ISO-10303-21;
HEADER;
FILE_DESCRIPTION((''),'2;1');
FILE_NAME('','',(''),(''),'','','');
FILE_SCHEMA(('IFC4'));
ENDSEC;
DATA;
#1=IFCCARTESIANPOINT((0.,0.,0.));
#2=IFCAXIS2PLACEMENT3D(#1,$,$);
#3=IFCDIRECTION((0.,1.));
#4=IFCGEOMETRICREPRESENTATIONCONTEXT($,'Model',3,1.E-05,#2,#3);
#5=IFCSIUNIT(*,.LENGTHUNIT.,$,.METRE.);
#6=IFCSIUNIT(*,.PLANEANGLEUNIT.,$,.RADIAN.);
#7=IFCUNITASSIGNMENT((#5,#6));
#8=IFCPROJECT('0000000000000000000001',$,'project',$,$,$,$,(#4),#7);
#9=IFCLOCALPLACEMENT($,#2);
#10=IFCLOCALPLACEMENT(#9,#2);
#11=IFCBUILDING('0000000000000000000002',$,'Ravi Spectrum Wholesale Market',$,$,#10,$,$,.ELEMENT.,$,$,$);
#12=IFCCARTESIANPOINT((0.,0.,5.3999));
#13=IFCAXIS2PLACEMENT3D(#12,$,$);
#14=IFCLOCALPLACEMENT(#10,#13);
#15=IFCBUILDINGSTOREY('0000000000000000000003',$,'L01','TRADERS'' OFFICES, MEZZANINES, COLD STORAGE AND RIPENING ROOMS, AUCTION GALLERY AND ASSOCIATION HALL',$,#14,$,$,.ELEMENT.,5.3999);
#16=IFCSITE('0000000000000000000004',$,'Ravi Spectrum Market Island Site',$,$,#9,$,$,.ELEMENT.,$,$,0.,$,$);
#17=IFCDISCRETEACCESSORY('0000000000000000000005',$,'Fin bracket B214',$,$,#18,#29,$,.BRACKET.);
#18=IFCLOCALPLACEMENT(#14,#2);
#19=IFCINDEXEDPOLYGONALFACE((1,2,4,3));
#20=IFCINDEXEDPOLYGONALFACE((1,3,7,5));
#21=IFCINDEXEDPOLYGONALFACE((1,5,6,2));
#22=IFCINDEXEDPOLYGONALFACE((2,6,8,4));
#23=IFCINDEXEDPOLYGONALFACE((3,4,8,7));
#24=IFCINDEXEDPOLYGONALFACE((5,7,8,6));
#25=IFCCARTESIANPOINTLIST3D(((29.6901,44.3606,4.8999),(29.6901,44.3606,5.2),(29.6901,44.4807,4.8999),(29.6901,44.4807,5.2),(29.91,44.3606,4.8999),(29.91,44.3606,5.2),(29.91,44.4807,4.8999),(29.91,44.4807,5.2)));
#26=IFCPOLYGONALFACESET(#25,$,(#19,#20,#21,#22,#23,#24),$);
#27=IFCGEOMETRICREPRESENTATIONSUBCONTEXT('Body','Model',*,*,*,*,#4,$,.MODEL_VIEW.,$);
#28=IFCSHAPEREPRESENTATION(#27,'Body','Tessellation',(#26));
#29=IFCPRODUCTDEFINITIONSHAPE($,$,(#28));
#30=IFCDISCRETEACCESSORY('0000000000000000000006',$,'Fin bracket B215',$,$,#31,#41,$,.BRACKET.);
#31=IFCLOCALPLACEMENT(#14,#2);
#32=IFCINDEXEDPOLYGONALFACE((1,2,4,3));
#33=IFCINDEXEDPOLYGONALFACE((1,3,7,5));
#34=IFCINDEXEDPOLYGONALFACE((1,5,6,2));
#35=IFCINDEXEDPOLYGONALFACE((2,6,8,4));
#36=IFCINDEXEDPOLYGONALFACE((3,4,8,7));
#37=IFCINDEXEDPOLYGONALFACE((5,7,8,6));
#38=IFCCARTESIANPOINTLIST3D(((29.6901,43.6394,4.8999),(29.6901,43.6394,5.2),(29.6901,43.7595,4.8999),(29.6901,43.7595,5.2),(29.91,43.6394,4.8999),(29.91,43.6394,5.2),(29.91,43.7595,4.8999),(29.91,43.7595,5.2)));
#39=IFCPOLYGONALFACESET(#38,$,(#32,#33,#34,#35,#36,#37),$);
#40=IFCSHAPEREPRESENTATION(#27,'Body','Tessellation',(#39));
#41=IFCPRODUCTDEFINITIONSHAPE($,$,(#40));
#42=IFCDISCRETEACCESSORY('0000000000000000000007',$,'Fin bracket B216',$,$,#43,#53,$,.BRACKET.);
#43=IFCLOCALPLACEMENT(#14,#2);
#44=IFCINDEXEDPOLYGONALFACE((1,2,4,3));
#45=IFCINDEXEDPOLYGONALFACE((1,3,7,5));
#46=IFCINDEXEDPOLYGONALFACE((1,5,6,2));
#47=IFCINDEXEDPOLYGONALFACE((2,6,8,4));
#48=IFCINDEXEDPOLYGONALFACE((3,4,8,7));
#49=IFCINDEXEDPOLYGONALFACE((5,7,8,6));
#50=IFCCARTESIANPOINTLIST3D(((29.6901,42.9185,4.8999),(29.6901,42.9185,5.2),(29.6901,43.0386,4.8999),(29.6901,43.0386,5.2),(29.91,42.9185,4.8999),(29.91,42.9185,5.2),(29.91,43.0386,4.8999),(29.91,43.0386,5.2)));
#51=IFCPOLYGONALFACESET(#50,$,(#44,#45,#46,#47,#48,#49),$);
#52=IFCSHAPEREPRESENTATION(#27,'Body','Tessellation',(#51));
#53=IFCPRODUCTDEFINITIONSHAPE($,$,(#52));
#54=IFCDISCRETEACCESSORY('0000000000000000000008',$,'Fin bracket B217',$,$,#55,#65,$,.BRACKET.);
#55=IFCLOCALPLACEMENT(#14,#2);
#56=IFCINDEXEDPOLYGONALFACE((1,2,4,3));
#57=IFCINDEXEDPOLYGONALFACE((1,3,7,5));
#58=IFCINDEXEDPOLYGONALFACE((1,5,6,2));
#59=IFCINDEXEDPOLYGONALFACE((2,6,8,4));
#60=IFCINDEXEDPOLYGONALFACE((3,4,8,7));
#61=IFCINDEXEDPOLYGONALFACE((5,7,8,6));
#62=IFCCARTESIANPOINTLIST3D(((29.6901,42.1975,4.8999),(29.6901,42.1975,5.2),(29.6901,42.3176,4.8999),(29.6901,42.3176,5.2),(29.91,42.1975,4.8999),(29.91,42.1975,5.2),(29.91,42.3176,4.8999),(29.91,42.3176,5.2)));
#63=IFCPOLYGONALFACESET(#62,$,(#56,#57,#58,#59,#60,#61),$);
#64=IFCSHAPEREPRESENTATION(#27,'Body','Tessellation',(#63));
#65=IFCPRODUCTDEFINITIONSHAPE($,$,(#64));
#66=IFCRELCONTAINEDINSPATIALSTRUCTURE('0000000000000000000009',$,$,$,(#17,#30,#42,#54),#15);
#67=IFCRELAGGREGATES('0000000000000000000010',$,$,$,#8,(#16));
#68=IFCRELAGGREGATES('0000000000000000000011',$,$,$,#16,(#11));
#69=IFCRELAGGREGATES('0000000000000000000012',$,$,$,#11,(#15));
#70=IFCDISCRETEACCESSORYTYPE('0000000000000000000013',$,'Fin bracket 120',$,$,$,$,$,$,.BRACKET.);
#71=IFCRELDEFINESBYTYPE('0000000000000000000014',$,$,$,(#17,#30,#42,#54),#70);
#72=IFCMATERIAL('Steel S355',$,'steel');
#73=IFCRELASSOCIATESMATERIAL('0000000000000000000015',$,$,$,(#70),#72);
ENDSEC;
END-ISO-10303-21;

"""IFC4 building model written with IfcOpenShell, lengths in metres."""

from ifc_helpers import new_model, si_unit, direction, frame, origin, origin_2d, place, context, subcontext, project, spatial, rectangle, extrude, material, type_object, element, save


model = new_model("IFC4")

# Units and contexts
model_context = context("Model", 3, precision=1e-05, world=origin(), true_north=direction((0.0, 1.0)))
body_context = subcontext(model_context, "Body", "Model", "MODEL_VIEW")
ifc_project = project(units=[si_unit("LENGTHUNIT", "METRE"), si_unit("PLANEANGLEUNIT", "RADIAN")], contexts=[model_context])

# Site, building, storey
site_placement = place(None, origin())
site = spatial("IfcSite", under=ifc_project, at=site_placement, Name="Ravi Spectrum Market Island Site", CompositionType="ELEMENT", RefElevation=0.0)
building_placement = place(site_placement, origin())
building = spatial("IfcBuilding", under=site, at=building_placement, Name="Ravi Spectrum Wholesale Market", CompositionType="ELEMENT")
storey_placement = place(building_placement, frame((0.0, 0.0, 5.3999)))
storey = spatial("IfcBuildingStorey", under=building, at=storey_placement, Name="L01", Description="TRADERS' OFFICES, MEZZANINES, COLD STORAGE AND RIPENING ROOMS, AUCTION GALLERY AND ASSOCIATION HALL", CompositionType="ELEMENT", Elevation=5.3999)

# Discrete accessories
ifc_material_1 = material(Name="Steel S355", Category="steel")
discrete_accessory_type = type_object("IfcDiscreteAccessoryType", Name="Fin bracket 120", PredefinedType="BRACKET", material=ifc_material_1)
for number, where, z_axis, x_axis, name in (
    (1, (29.8, 44.4207, 4.8999), (0.0, 0.0, 1.0), (0.0, -1.0, 0.0), "Fin bracket B214"),
    (2, (29.8, 43.6995, 4.8999), (0.0, 0.0, 1.0), (0.0, -1.0, 0.0), "Fin bracket B215"),
    (3, (29.8, 42.9785, 4.8999), (0.0, 0.0, 1.0), (0.0, -1.0, 0.0), "Fin bracket B216"),
    (4, (29.8, 42.2576, 4.8999), (0.0, 0.0, 1.0), (0.0, -1.0, 0.0), "Fin bracket B217"),
):
    element("IfcDiscreteAccessory", number, at=place(storey_placement, frame(where, z_axis=z_axis, x_axis=x_axis)), inside=storey, type_object=discrete_accessory_type, Name=name, PredefinedType="BRACKET", context=body_context, shape_type="SweptSolid", body=[
        extrude(rectangle(XDim=0.1201, YDim=0.22, at=origin_2d()), origin(), (0.0, 0.0, 1.0), 0.3),
    ])

save(model, "model.ifc")
